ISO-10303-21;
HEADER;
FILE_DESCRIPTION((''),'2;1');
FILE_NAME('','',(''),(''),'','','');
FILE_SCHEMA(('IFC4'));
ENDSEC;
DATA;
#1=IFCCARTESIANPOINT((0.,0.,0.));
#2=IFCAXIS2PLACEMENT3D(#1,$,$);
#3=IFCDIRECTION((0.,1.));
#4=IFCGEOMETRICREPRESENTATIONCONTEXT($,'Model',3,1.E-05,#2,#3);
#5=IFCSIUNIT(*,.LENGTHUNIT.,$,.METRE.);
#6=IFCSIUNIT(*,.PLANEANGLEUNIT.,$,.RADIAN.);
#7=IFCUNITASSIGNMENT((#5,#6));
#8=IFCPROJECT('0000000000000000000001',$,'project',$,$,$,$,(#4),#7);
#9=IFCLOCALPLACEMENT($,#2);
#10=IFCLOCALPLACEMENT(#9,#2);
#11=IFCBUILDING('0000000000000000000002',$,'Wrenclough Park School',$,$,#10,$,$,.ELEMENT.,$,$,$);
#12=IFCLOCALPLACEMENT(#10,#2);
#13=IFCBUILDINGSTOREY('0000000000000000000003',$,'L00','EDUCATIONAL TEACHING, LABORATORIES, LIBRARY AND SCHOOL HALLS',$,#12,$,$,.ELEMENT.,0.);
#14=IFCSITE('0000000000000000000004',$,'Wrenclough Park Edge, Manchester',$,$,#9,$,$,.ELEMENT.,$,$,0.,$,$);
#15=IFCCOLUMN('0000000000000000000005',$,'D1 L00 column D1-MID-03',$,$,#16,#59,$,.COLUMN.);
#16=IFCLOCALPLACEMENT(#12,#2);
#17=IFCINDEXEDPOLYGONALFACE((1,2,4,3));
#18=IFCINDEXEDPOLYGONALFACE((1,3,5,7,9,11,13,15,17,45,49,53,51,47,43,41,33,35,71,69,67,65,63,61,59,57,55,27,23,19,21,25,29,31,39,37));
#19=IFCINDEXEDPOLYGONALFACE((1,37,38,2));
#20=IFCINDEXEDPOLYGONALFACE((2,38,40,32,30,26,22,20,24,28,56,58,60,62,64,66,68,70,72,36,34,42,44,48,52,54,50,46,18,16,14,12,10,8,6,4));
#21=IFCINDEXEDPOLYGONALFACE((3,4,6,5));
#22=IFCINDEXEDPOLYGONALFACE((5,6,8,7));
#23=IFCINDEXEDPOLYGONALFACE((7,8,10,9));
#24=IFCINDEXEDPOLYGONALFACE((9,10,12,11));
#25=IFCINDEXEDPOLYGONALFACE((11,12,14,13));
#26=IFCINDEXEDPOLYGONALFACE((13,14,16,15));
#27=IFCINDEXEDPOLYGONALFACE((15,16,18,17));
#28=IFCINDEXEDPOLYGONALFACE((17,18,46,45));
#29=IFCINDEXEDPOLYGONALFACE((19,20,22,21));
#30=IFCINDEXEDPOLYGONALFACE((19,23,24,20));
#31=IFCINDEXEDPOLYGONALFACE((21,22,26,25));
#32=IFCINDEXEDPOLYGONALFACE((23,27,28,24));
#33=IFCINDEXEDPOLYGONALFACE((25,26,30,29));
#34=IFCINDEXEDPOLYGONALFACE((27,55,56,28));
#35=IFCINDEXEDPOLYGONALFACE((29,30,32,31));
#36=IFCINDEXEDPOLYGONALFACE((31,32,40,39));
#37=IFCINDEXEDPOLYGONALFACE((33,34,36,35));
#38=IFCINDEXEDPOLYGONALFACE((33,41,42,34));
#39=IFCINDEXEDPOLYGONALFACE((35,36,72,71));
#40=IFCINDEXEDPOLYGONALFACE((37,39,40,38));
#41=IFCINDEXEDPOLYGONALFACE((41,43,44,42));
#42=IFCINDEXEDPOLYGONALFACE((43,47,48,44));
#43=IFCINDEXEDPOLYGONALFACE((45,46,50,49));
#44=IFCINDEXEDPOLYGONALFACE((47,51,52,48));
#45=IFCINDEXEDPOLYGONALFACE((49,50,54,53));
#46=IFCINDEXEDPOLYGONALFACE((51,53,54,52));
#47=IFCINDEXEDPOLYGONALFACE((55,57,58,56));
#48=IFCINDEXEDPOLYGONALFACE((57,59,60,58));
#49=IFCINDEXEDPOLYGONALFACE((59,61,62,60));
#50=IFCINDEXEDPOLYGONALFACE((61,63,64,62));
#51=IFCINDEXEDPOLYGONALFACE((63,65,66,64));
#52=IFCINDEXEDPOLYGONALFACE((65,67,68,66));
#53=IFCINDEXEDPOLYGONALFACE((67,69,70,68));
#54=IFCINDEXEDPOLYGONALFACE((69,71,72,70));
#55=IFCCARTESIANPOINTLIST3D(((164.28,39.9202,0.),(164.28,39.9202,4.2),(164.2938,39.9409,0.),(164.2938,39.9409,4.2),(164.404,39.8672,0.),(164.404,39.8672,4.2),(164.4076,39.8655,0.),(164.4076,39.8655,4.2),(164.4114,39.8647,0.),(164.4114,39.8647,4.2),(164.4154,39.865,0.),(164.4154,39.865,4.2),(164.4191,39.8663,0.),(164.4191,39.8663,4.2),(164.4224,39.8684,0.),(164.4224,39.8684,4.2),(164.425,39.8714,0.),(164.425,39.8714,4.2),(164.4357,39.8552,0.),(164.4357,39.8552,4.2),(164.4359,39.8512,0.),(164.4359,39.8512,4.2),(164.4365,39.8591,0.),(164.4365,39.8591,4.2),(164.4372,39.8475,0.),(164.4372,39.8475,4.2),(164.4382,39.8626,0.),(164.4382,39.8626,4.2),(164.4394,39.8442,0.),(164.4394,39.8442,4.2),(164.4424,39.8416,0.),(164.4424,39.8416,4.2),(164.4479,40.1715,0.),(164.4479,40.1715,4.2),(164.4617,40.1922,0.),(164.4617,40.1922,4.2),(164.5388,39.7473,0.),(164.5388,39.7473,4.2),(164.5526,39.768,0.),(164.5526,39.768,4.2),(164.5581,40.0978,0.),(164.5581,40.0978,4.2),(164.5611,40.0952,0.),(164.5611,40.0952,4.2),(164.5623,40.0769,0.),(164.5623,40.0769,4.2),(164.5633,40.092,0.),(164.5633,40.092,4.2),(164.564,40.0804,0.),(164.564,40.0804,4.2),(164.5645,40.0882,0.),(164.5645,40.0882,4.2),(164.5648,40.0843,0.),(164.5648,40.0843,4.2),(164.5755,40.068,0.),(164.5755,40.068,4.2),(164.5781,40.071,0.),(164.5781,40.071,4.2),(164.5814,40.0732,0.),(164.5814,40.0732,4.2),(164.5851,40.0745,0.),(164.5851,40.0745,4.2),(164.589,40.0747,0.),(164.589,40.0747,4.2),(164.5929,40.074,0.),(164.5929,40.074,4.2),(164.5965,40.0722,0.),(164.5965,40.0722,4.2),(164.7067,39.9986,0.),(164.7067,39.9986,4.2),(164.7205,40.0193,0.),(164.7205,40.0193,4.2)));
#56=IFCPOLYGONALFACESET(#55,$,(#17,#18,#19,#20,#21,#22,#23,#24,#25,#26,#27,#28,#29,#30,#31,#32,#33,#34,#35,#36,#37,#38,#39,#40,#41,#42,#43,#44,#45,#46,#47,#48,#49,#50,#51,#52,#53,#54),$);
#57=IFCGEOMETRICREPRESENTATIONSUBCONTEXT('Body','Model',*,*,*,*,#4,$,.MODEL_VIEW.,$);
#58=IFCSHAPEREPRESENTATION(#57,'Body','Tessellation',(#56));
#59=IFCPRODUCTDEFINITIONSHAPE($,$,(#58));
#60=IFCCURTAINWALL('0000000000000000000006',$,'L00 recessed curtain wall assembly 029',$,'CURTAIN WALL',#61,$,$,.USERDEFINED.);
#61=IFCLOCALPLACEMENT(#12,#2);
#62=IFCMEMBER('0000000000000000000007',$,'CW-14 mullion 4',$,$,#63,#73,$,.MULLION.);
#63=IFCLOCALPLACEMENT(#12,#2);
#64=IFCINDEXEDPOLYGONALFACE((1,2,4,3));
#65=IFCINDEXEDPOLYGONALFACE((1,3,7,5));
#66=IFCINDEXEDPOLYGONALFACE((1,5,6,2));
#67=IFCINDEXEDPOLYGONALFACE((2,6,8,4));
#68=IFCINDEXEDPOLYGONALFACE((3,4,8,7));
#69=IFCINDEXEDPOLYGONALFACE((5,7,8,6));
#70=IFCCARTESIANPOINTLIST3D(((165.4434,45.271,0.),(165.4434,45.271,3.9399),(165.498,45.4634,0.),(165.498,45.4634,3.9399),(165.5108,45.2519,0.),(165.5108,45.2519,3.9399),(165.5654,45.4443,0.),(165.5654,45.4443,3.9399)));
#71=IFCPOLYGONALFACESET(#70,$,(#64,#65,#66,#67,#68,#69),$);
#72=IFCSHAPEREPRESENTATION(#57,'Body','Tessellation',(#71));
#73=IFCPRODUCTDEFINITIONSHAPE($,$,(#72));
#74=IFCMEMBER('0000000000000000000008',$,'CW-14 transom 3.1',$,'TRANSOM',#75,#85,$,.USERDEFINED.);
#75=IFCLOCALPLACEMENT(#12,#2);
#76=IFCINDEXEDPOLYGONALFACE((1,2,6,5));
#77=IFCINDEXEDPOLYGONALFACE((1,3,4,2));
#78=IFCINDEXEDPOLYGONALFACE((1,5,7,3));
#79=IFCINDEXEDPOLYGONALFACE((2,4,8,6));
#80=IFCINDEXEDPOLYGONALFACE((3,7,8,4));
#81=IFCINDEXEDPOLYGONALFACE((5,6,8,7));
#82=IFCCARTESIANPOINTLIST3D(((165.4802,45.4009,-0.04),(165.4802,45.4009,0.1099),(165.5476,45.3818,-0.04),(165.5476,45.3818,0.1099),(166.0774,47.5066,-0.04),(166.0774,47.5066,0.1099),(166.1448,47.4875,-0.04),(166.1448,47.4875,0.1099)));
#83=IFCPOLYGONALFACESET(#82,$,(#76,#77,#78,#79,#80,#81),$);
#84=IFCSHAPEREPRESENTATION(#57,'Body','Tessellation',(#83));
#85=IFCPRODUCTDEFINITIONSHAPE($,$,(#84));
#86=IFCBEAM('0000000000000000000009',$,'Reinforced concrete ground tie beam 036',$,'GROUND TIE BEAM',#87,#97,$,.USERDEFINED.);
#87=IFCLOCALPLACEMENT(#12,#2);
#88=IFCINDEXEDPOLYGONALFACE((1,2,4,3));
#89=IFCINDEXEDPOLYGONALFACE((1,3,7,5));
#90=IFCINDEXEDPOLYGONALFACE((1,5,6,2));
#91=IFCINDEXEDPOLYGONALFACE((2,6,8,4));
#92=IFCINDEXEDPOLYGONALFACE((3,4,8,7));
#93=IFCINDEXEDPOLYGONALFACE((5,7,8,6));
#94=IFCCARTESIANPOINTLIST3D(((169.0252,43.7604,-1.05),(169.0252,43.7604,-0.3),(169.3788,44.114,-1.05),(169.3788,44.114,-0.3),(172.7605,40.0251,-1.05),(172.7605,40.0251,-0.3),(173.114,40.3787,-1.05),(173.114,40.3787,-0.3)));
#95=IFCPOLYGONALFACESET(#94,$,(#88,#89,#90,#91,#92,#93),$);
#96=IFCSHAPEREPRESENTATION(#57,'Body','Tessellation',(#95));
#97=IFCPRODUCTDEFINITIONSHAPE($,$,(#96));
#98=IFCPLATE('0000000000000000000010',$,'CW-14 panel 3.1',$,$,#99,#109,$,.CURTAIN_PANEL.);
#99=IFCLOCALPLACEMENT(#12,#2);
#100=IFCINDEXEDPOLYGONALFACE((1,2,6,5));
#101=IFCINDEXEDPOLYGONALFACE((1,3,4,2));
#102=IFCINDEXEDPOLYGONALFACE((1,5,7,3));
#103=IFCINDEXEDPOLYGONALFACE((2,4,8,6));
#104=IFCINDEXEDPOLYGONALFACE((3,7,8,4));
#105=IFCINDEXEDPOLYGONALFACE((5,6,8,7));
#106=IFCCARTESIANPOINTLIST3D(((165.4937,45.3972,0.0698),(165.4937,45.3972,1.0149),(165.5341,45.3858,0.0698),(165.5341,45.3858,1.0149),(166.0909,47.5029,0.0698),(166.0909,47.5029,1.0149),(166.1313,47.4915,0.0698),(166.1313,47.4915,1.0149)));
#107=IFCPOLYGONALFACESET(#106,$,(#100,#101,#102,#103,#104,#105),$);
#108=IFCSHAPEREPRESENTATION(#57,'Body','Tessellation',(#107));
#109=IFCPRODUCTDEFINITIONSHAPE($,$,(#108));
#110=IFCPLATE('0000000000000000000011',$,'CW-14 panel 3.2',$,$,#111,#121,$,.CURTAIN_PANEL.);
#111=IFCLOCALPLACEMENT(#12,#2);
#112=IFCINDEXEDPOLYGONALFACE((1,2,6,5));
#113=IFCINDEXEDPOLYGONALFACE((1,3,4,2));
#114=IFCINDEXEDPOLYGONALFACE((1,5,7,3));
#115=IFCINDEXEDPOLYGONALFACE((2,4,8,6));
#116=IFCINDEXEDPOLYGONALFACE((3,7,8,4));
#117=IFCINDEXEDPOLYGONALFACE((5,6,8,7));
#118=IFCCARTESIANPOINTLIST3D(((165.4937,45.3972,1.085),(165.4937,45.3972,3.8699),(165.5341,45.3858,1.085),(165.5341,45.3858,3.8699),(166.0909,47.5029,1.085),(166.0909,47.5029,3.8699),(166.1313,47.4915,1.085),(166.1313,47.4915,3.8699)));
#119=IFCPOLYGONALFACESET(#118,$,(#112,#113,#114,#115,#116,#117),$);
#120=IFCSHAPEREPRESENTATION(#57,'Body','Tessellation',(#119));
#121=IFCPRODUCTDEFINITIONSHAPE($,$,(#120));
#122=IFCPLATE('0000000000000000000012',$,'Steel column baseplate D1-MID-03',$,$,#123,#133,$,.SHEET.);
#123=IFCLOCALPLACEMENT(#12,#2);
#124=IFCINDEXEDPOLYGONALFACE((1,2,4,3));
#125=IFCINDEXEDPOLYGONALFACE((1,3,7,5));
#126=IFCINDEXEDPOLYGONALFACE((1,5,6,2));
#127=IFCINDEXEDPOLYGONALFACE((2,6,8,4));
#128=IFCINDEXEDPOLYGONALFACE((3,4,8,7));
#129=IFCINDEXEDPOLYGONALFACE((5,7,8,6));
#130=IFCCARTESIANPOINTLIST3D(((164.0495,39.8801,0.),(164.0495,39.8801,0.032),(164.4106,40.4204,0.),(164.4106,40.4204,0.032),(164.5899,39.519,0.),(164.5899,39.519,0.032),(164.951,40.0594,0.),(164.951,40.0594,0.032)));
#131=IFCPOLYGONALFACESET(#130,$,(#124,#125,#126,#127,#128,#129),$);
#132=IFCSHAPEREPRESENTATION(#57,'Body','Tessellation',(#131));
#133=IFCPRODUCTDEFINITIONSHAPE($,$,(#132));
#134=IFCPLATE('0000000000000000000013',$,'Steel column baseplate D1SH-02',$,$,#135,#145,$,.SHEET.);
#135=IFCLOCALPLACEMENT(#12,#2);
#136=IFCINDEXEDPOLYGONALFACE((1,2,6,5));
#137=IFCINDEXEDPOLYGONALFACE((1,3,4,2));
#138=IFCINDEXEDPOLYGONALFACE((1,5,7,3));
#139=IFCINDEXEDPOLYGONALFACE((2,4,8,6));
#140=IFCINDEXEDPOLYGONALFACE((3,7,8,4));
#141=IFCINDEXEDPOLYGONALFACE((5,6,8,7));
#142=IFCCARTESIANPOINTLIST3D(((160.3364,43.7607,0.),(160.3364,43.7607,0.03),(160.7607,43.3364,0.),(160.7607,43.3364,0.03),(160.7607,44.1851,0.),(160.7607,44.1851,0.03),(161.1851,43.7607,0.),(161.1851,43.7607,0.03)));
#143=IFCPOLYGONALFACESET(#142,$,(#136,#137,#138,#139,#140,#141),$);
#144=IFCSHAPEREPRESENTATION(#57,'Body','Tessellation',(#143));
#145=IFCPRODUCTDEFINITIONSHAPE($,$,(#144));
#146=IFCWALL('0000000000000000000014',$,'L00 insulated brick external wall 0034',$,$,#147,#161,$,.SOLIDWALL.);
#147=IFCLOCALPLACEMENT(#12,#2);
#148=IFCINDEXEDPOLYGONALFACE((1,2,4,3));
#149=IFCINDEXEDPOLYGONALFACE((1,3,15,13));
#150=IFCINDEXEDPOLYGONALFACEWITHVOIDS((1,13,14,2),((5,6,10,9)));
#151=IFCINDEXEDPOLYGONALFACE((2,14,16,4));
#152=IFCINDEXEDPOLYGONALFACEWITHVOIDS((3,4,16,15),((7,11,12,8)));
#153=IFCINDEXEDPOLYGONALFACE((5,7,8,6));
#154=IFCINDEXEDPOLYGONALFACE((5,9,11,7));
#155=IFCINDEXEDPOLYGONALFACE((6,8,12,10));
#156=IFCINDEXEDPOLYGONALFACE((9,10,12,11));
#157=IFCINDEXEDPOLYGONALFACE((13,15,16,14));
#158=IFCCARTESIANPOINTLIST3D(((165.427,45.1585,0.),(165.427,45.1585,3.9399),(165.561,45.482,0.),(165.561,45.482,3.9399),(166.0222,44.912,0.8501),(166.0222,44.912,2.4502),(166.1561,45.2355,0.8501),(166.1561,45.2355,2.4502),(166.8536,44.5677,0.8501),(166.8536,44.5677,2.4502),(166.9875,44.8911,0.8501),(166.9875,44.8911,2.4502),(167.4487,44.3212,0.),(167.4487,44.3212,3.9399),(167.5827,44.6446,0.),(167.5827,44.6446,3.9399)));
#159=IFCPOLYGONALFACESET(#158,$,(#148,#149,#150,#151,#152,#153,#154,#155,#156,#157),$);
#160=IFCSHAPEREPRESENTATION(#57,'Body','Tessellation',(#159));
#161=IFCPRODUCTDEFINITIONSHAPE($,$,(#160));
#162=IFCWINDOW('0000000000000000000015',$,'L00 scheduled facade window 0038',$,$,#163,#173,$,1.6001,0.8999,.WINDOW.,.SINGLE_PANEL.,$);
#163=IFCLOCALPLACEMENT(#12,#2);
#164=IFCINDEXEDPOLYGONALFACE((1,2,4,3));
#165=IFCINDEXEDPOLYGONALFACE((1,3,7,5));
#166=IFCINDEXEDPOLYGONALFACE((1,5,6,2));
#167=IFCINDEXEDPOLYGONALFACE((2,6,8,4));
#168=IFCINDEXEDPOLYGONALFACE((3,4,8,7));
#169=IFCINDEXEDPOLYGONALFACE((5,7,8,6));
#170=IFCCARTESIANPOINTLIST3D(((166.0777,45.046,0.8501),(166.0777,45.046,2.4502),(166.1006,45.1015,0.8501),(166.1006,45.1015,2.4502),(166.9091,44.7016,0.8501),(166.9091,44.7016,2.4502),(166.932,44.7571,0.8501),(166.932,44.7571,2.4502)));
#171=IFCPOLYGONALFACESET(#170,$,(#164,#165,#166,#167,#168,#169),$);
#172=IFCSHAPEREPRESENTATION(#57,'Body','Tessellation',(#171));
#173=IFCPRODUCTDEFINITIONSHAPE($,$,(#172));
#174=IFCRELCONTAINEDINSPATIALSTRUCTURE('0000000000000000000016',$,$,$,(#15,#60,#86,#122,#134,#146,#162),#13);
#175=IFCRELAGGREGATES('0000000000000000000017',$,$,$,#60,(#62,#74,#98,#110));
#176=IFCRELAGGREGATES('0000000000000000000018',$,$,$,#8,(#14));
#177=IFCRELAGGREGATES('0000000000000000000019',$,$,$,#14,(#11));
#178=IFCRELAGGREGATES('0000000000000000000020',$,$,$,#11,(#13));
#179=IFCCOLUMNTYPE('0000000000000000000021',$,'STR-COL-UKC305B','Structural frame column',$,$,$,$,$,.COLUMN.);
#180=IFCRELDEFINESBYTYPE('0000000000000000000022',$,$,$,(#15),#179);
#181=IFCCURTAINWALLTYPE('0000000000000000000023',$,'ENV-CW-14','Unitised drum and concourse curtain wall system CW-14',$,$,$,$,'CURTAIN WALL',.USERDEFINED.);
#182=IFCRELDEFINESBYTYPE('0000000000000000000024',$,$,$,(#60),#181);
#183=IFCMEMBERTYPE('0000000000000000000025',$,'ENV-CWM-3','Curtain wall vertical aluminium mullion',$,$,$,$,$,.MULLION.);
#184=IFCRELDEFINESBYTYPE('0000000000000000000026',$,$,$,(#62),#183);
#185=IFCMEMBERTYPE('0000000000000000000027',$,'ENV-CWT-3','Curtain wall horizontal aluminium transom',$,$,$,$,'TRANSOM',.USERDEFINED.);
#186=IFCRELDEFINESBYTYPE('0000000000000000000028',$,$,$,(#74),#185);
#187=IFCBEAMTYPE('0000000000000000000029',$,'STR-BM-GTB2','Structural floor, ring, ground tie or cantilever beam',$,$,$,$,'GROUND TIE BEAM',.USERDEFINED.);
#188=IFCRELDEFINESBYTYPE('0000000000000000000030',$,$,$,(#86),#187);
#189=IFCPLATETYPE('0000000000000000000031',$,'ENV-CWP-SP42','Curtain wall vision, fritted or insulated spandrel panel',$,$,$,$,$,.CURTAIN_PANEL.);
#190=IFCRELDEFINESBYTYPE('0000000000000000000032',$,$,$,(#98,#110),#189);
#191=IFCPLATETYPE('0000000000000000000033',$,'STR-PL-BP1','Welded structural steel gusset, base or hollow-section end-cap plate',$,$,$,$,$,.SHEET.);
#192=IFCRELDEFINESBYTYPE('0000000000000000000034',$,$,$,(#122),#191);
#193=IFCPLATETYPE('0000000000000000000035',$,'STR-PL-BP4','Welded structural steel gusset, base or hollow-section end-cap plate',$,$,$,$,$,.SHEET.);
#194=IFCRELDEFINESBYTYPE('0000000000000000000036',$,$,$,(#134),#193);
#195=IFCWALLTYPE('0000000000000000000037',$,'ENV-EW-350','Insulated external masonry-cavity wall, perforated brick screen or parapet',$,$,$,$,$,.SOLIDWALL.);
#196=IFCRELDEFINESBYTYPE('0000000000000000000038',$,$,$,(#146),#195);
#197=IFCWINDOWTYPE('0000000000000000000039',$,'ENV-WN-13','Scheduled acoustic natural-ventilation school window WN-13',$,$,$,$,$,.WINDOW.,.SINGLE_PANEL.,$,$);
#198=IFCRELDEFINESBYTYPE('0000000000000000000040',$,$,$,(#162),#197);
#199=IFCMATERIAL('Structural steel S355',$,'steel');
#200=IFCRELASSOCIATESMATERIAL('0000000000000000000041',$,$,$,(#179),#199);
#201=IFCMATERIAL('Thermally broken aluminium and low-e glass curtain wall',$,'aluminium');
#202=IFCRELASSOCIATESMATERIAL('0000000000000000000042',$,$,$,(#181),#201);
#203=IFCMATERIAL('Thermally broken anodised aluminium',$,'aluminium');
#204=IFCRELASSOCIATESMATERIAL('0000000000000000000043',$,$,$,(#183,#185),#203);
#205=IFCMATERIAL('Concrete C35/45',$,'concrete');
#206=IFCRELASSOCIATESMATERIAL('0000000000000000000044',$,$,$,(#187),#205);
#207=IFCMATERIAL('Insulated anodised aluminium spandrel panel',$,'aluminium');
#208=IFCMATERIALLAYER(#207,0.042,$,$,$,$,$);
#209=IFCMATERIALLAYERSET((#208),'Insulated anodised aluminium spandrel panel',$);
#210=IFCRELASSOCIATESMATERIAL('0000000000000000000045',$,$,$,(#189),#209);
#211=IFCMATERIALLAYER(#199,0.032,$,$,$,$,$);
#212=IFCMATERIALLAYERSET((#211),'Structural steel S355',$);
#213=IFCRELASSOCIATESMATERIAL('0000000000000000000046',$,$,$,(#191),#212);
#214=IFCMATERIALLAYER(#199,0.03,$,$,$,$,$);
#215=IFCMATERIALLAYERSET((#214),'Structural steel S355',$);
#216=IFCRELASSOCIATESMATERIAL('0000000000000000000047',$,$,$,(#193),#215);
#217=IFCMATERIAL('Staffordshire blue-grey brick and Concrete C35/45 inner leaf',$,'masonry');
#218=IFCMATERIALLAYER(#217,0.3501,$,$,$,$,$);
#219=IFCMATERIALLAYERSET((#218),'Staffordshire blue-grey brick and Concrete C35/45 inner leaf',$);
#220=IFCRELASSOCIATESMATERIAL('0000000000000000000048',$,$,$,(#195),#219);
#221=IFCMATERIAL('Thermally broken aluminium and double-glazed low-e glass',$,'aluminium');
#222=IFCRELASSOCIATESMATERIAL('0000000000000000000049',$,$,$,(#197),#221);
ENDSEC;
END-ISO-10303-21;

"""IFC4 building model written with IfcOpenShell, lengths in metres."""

from ifc_helpers import new_model, si_unit, direction, frame, frame_2d, origin, origin_2d, place, context, subcontext, project, spatial, rectangle, i_section, extrude, material, layer, layer_set, material_profile, profile_set, type_object, element, fill, aggregate, save


model = new_model("IFC4")

# Units and contexts
model_context = context("Model", 3, precision=1e-05, world=origin(), true_north=direction((0.0, 1.0)))
body_context = subcontext(model_context, "Body", "Model", "MODEL_VIEW")
ifc_project = project(units=[si_unit("LENGTHUNIT", "METRE"), si_unit("PLANEANGLEUNIT", "RADIAN")], contexts=[model_context])

# Site, building, storey
site_placement = place(None, origin())
site = spatial("IfcSite", under=ifc_project, at=site_placement, Name="Wrenclough Park Edge, Manchester", CompositionType="ELEMENT", RefElevation=0.0)
building_placement = place(site_placement, origin())
building = spatial("IfcBuilding", under=site, at=building_placement, Name="Wrenclough Park School", CompositionType="ELEMENT")
storey_placement = place(building_placement, origin())
storey = spatial("IfcBuildingStorey", under=building, at=storey_placement, Name="L00", Description="EDUCATIONAL TEACHING, LABORATORIES, LIBRARY AND SCHOOL HALLS", CompositionType="ELEMENT", Elevation=0.0)

# Shared definitions
ifc_material_1 = material(Name="Concrete C35/45", Category="concrete")

# Column
ifc_material_2 = material(Name="Structural steel S355", Category="steel")
ifc_material_profile_1 = material_profile(ifc_material_2, i_section(OverallWidth=0.3113, OverallDepth=0.3271, WebThickness=0.0159, FlangeThickness=0.0249, FilletRadius=0.0151, at=origin_2d()), Name="UKC 305x305x158")
ifc_profile_set_1 = profile_set([ifc_material_profile_1], Name="Structural steel S355")
column_type_1 = type_object("IfcColumnType", Name="STR-COL-UKC305B", Description="Structural frame column", PredefinedType="COLUMN", material=ifc_profile_set_1)
column_placement = place(storey_placement, frame((164.5002, 39.9697, 0.0), z_axis=(0.0, 0.0, 1.0), x_axis=(-0.83147, 0.55557, 0.0)))
element("IfcColumn", 1, at=column_placement, inside=storey, type_object=column_type_1, Name="D1 L00 column D1-MID-03", PredefinedType="COLUMN", context=body_context, shape_type="SweptSolid", body=[
    extrude(i_section(OverallWidth=0.3113, OverallDepth=0.3271, WebThickness=0.0159, FlangeThickness=0.0249, FilletRadius=0.0151, at=origin_2d()), origin(), (0.0, 0.0, 1.0), 4.2),
])

# Curtain wall, members
ifc_material_3 = material(Name="Thermally broken aluminium and low-e glass curtain wall", Category="aluminium")
curtain_wall_type = type_object("IfcCurtainWallType", Name="ENV-CW-14", Description="Unitised drum and concourse curtain wall system CW-14", ElementType="CURTAIN WALL", PredefinedType="USERDEFINED", material=ifc_material_3)
curtain_wall_placement = place(storey_placement, origin())
curtain_wall = element("IfcCurtainWall", 2, at=curtain_wall_placement, inside=storey, type_object=curtain_wall_type, Name="L00 recessed curtain wall assembly 029", ObjectType="CURTAIN WALL", PredefinedType="USERDEFINED")
ifc_material_4 = material(Name="Thermally broken anodised aluminium", Category="aluminium")
ifc_material_profile_2 = material_profile(ifc_material_4, rectangle(XDim=0.0701, YDim=0.2, at=origin_2d()), Name="AL MULLION 70x200")
ifc_profile_set_2 = profile_set([ifc_material_profile_2], Name="Thermally broken anodised aluminium")
member_type_1 = type_object("IfcMemberType", Name="ENV-CWM-3", Description="Curtain wall vertical aluminium mullion", PredefinedType="MULLION", material=ifc_profile_set_2)
member_1_placement = place(storey_placement, frame((165.5044, 45.3577, 0.0), z_axis=(0.0, 0.0, 1.0), x_axis=(0.962063, -0.272826, 0.0)))
member_1 = element("IfcMember", 3, at=member_1_placement, type_object=member_type_1, Name="CW-14 mullion 4", PredefinedType="MULLION", context=body_context, shape_type="SweptSolid", body=[
    extrude(rectangle(XDim=0.0701, YDim=0.2, at=origin_2d()), origin(), (0.0, 0.0, 1.0), 3.9399),
])
ifc_material_profile_3 = material_profile(ifc_material_4, rectangle(XDim=0.0701, YDim=0.1499, at=origin_2d()), Name="AL TRANSOM 70x150")
ifc_profile_set_3 = profile_set([ifc_material_profile_3], Name="Thermally broken anodised aluminium")
member_type_2 = type_object("IfcMemberType", Name="ENV-CWT-3", Description="Curtain wall horizontal aluminium transom", ElementType="TRANSOM", PredefinedType="USERDEFINED", material=ifc_profile_set_3)
member_2_placement = place(storey_placement, frame((166.1111, 47.4971, 0.0349), z_axis=(-0.272835, -0.962061, 0.0), x_axis=(0.962061, -0.272835, 0.0)))
member_2 = element("IfcMember", 4, at=member_2_placement, type_object=member_type_2, Name="CW-14 transom 3.1", ObjectType="TRANSOM", PredefinedType="USERDEFINED", context=body_context, shape_type="SweptSolid", body=[
    extrude(rectangle(XDim=0.0701, YDim=0.1499, at=origin_2d()), origin(), (0.0, 0.0, 1.0), 2.1887),
])

# Beam
ifc_material_profile_4 = material_profile(ifc_material_1, rectangle(XDim=0.5, YDim=0.75, at=origin_2d()), Name="RC GROUND 500x750")
ifc_profile_set_4 = profile_set([ifc_material_profile_4], Name="Concrete C35/45")
beam_type = type_object("IfcBeamType", Name="STR-BM-GTB2", Description="Structural floor, ring, ground tie or cantilever beam", ElementType="GROUND TIE BEAM", PredefinedType="USERDEFINED", material=ifc_profile_set_4)
beam_placement = place(storey_placement, frame((172.9373, 40.2019, -0.675), z_axis=(-0.707107, 0.707107, 0.0), x_axis=(-0.707107, -0.707107, 0.0)))
element("IfcBeam", 5, at=beam_placement, inside=storey, type_object=beam_type, Name="Reinforced concrete ground tie beam 036", ObjectType="GROUND TIE BEAM", PredefinedType="USERDEFINED", context=body_context, shape_type="SweptSolid", body=[
    extrude(rectangle(XDim=0.5, YDim=0.75, at=origin_2d()), origin(), (0.0, 0.0, 1.0), 5.2825),
])

# Plates
ifc_material_5 = material(Name="Insulated anodised aluminium spandrel panel", Category="aluminium")
ifc_layer_1 = layer(ifc_material_5, 0.042)
ifc_layer_set_1 = layer_set([ifc_layer_1], Name="Insulated anodised aluminium spandrel panel")
plate_type_1 = type_object("IfcPlateType", Name="ENV-CWP-SP42", Description="Curtain wall vision, fritted or insulated spandrel panel", PredefinedType="CURTAIN_PANEL", material=ifc_layer_set_1)
plate_1_placement = place(storey_placement, frame((165.8125, 46.4443, 0.0698), z_axis=(0.0, 0.0, 1.0), x_axis=(-0.272826, -0.962063, 0.0)))
plate_1 = element("IfcPlate", 6, at=plate_1_placement, type_object=plate_type_1, Name="CW-14 panel 3.1", PredefinedType="CURTAIN_PANEL", context=body_context, shape_type="SweptSolid", body=[
    extrude(rectangle(XDim=2.1887, YDim=0.042, at=origin_2d()), origin(), (0.0, 0.0, 1.0), 0.9451),
])
plate_2_placement = place(storey_placement, frame((165.8125, 46.4443, 1.085), z_axis=(0.0, 0.0, 1.0), x_axis=(-0.272826, -0.962063, 0.0)))
plate_2 = element("IfcPlate", 7, at=plate_2_placement, type_object=plate_type_1, Name="CW-14 panel 3.2", PredefinedType="CURTAIN_PANEL", context=body_context, shape_type="SweptSolid", body=[
    extrude(rectangle(XDim=2.1887, YDim=0.042, at=origin_2d()), origin(), (0.0, 0.0, 1.0), 2.7849),
])
aggregate(curtain_wall, [member_1, member_2, plate_1, plate_2])

# Plates
ifc_layer_2 = layer(ifc_material_2, 0.032)
ifc_layer_set_2 = layer_set([ifc_layer_2], Name="Structural steel S355")
plate_type_2 = type_object("IfcPlateType", Name="STR-PL-BP1", Description="Welded structural steel gusset, base or hollow-section end-cap plate", PredefinedType="SHEET", material=ifc_layer_set_2)
plate_3_placement = place(storey_placement, frame((164.5002, 39.9697, 0.0), z_axis=(0.0, 0.0, 1.0), x_axis=(-0.83147, 0.55557, 0.0)))
element("IfcPlate", 8, at=plate_3_placement, inside=storey, type_object=plate_type_2, Name="Steel column baseplate D1-MID-03", PredefinedType="SHEET", context=body_context, shape_type="SweptSolid", body=[
    extrude(rectangle(XDim=0.6499, YDim=0.6499, at=origin_2d()), origin(), (0.0, 0.0, 1.0), 0.032),
])
ifc_layer_3 = layer(ifc_material_2, 0.03)
ifc_layer_set_3 = layer_set([ifc_layer_3], Name="Structural steel S355")
plate_type_3 = type_object("IfcPlateType", Name="STR-PL-BP4", Description="Welded structural steel gusset, base or hollow-section end-cap plate", PredefinedType="SHEET", material=ifc_layer_set_3)
plate_4_placement = place(storey_placement, frame((160.7607, 43.7607, 0.0), z_axis=(0.0, 0.0, 1.0), x_axis=(-0.707107, 0.707107, 0.0)))
element("IfcPlate", 9, at=plate_4_placement, inside=storey, type_object=plate_type_3, Name="Steel column baseplate D1SH-02", PredefinedType="SHEET", context=body_context, shape_type="SweptSolid", body=[
    extrude(rectangle(XDim=0.6001, YDim=0.6001, at=origin_2d()), origin(), (0.0, 0.0, 1.0), 0.03),
])

# Wall, opening, window
ifc_material_6 = material(Name="Staffordshire blue-grey brick and Concrete C35/45 inner leaf", Category="masonry")
ifc_layer_4 = layer(ifc_material_6, 0.3501)
ifc_layer_set_4 = layer_set([ifc_layer_4], Name="Staffordshire blue-grey brick and Concrete C35/45 inner leaf")
wall_type_1 = type_object("IfcWallType", Name="ENV-EW-350", Description="Insulated external masonry-cavity wall, perforated brick screen or parapet", PredefinedType="SOLIDWALL", material=ifc_layer_set_4)
wall_1_placement = place(storey_placement, frame((165.4939, 45.3203, 0.0), z_axis=(0.0, 0.0, 1.0), x_axis=(0.923884, -0.382674, 0.0)))
wall_1 = element("IfcWall", 10, at=wall_1_placement, inside=storey, type_object=wall_type_1, Name="L00 insulated brick external wall 0034", PredefinedType="SOLIDWALL", context=body_context, shape_type="SweptSolid", body=[
    extrude(rectangle(XDim=2.1882, YDim=0.3501, at=frame_2d((1.0942, 0.0))), origin(), (0.0, 0.0, 1.0), 3.9399),
])
opening_1_placement = place(wall_1_placement, frame((0.6443, 0.0, 0.8501)))
opening_1 = element("IfcOpeningElement", 11, at=opening_1_placement, cuts=wall_1, PredefinedType="OPENING", context=body_context, shape_type="SweptSolid", body=[
    extrude(rectangle(XDim=0.8999, YDim=1.6001, at=frame_2d((0.45, 0.8))), frame((0.0, 0.1851, 0.0), z_axis=(0.0, -1.0, 0.0), x_axis=(1.0, 0.0, 0.0)), (0.0, 0.0, 1.0), 0.3701),
])
ifc_material_7 = material(Name="Thermally broken aluminium and double-glazed low-e glass", Category="aluminium")
window_type = type_object("IfcWindowType", Name="ENV-WN-13", Description="Scheduled acoustic natural-ventilation school window WN-13", PartitioningType="SINGLE_PANEL", PredefinedType="WINDOW", material=ifc_material_7)
window_placement = place(opening_1_placement, origin())
window = element("IfcWindow", 12, at=window_placement, inside=storey, type_object=window_type, Name="L00 scheduled facade window 0038", OverallHeight=1.6001, OverallWidth=0.8999, PartitioningType="SINGLE_PANEL", PredefinedType="WINDOW", context=body_context, shape_type="SweptSolid", body=[
    extrude(rectangle(XDim=0.8999, YDim=1.6001, at=frame_2d((0.45, 0.8))), frame((0.0, 0.03, 0.0), z_axis=(0.0, -1.0, 0.0), x_axis=(1.0, 0.0, 0.0)), (0.0, 0.0, 1.0), 0.0601),
])
fill(opening_1, window)

save(model, "model.ifc")
